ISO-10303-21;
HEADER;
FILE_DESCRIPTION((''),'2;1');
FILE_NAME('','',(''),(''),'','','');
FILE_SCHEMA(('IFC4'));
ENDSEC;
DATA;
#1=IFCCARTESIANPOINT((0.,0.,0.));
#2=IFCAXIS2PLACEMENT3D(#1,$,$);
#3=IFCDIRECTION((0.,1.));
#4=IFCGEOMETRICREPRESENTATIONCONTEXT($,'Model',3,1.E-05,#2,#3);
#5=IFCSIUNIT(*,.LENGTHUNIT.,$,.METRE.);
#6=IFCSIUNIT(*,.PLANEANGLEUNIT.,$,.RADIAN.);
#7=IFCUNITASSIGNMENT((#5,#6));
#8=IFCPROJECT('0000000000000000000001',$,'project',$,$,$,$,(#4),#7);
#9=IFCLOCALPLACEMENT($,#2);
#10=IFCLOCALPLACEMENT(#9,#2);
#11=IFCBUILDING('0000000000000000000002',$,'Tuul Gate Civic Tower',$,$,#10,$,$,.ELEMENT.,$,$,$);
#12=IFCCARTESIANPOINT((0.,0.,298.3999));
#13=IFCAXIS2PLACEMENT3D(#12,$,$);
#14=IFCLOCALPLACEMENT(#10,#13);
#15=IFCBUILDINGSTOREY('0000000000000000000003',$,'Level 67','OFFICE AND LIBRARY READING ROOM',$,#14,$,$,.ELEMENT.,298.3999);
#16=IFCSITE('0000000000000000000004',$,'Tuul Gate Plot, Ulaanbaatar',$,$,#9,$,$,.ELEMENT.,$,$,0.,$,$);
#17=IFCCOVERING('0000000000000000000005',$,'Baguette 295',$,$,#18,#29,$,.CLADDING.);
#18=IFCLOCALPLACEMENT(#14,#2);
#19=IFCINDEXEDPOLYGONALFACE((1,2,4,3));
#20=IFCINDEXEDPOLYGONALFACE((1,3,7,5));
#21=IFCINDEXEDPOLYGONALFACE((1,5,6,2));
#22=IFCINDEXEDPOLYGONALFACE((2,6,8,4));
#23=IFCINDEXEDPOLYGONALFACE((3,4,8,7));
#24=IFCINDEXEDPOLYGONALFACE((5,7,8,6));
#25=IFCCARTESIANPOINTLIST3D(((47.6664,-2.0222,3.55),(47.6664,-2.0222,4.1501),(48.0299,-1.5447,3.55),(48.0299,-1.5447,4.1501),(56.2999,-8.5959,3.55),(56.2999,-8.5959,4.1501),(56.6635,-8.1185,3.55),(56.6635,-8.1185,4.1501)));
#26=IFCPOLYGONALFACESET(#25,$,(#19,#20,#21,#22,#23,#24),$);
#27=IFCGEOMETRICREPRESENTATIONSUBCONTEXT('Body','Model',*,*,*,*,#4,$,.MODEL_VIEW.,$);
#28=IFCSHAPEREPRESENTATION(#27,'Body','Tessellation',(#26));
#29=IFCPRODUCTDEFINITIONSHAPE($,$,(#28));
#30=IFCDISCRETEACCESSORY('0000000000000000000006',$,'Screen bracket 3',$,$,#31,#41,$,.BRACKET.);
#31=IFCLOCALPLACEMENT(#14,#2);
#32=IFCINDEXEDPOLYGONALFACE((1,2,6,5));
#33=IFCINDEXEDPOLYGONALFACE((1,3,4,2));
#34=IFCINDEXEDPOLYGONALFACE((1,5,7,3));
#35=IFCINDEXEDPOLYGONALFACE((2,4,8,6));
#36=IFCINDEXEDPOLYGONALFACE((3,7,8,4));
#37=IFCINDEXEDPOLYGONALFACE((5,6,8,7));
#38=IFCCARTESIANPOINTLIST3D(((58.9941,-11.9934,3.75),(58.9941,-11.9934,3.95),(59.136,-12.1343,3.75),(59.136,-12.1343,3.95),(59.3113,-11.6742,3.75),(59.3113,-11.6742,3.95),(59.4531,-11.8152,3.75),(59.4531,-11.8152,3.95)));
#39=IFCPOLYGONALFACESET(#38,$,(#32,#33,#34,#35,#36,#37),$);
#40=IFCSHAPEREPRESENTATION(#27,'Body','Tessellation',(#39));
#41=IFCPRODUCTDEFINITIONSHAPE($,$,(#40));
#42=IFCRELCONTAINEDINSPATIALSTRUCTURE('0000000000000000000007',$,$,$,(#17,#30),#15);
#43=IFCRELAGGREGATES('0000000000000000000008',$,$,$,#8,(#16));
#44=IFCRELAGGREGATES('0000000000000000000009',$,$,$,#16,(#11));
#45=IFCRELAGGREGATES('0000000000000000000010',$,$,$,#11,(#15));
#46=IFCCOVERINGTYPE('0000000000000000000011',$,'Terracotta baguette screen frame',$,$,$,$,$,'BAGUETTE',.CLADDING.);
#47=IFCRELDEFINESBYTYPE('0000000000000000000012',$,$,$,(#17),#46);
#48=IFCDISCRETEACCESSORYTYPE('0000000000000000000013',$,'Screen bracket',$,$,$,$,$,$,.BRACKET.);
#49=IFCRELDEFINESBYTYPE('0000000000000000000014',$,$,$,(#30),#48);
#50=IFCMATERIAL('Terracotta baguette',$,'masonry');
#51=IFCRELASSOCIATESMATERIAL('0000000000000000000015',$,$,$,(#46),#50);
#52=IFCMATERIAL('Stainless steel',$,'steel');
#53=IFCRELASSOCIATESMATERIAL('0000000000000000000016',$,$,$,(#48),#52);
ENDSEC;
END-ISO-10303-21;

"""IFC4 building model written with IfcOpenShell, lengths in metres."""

from ifc_helpers import new_model, si_unit, direction, frame, origin, origin_2d, place, context, subcontext, project, spatial, rectangle, extrude, material, material_profile, profile_set, type_object, element, save


model = new_model("IFC4")

# Units and contexts
model_context = context("Model", 3, precision=1e-05, world=origin(), true_north=direction((0.0, 1.0)))
body_context = subcontext(model_context, "Body", "Model", "MODEL_VIEW")
ifc_project = project(units=[si_unit("LENGTHUNIT", "METRE"), si_unit("PLANEANGLEUNIT", "RADIAN")], contexts=[model_context])

# Site, building, storey
site_placement = place(None, origin())
site = spatial("IfcSite", under=ifc_project, at=site_placement, Name="Tuul Gate Plot, Ulaanbaatar", CompositionType="ELEMENT", RefElevation=0.0)
building_placement = place(site_placement, origin())
building = spatial("IfcBuilding", under=site, at=building_placement, Name="Tuul Gate Civic Tower", CompositionType="ELEMENT")
storey_placement = place(building_placement, frame((0.0, 0.0, 298.3999)))
storey = spatial("IfcBuildingStorey", under=building, at=storey_placement, Name="Level 67", Description="OFFICE AND LIBRARY READING ROOM", CompositionType="ELEMENT", Elevation=298.3999)

# Covering
ifc_material_1 = material(Name="Terracotta baguette", Category="masonry")
ifc_material_profile_1 = material_profile(ifc_material_1, rectangle(XDim=0.6001, YDim=0.6001, at=origin_2d()), Name="Terracotta baguette screen frame")
ifc_profile_set_1 = profile_set([ifc_material_profile_1], Name="Terracotta baguette")
covering_type = type_object("IfcCoveringType", Name="Terracotta baguette screen frame", ElementType="BAGUETTE", PredefinedType="CLADDING", material=ifc_profile_set_1)
covering_1_placement = place(storey_placement, frame((56.4817, -8.3572, 3.8501), z_axis=(-0.795619, 0.605798, 0.0), x_axis=(-0.605798, -0.795619, 0.0)))
element("IfcCovering", 1, at=covering_1_placement, inside=storey, type_object=covering_type, Name="Baguette 295", PredefinedType="CLADDING", context=body_context, shape_type="SweptSolid", body=[
    extrude(rectangle(XDim=0.6001, YDim=0.6001, at=origin_2d()), origin(), (0.0, 0.0, 1.0), 10.8513),
])

# Discrete accessory
ifc_material_2 = material(Name="Stainless steel", Category="steel")
discrete_accessory_type = type_object("IfcDiscreteAccessoryType", Name="Screen bracket", PredefinedType="BRACKET", material=ifc_material_2)
discrete_accessory_placement = place(storey_placement, frame((59.2236, -11.9043, 3.75), z_axis=(0.0, 0.0, 1.0), x_axis=(0.704894, 0.709312, 0.0)))
element("IfcDiscreteAccessory", 2, at=discrete_accessory_placement, inside=storey, type_object=discrete_accessory_type, Name="Screen bracket 3", PredefinedType="BRACKET", context=body_context, shape_type="SweptSolid", body=[
    extrude(rectangle(XDim=0.45, YDim=0.2, at=origin_2d()), origin(), (0.0, 0.0, 1.0), 0.2),
])

save(model, "model.ifc")
